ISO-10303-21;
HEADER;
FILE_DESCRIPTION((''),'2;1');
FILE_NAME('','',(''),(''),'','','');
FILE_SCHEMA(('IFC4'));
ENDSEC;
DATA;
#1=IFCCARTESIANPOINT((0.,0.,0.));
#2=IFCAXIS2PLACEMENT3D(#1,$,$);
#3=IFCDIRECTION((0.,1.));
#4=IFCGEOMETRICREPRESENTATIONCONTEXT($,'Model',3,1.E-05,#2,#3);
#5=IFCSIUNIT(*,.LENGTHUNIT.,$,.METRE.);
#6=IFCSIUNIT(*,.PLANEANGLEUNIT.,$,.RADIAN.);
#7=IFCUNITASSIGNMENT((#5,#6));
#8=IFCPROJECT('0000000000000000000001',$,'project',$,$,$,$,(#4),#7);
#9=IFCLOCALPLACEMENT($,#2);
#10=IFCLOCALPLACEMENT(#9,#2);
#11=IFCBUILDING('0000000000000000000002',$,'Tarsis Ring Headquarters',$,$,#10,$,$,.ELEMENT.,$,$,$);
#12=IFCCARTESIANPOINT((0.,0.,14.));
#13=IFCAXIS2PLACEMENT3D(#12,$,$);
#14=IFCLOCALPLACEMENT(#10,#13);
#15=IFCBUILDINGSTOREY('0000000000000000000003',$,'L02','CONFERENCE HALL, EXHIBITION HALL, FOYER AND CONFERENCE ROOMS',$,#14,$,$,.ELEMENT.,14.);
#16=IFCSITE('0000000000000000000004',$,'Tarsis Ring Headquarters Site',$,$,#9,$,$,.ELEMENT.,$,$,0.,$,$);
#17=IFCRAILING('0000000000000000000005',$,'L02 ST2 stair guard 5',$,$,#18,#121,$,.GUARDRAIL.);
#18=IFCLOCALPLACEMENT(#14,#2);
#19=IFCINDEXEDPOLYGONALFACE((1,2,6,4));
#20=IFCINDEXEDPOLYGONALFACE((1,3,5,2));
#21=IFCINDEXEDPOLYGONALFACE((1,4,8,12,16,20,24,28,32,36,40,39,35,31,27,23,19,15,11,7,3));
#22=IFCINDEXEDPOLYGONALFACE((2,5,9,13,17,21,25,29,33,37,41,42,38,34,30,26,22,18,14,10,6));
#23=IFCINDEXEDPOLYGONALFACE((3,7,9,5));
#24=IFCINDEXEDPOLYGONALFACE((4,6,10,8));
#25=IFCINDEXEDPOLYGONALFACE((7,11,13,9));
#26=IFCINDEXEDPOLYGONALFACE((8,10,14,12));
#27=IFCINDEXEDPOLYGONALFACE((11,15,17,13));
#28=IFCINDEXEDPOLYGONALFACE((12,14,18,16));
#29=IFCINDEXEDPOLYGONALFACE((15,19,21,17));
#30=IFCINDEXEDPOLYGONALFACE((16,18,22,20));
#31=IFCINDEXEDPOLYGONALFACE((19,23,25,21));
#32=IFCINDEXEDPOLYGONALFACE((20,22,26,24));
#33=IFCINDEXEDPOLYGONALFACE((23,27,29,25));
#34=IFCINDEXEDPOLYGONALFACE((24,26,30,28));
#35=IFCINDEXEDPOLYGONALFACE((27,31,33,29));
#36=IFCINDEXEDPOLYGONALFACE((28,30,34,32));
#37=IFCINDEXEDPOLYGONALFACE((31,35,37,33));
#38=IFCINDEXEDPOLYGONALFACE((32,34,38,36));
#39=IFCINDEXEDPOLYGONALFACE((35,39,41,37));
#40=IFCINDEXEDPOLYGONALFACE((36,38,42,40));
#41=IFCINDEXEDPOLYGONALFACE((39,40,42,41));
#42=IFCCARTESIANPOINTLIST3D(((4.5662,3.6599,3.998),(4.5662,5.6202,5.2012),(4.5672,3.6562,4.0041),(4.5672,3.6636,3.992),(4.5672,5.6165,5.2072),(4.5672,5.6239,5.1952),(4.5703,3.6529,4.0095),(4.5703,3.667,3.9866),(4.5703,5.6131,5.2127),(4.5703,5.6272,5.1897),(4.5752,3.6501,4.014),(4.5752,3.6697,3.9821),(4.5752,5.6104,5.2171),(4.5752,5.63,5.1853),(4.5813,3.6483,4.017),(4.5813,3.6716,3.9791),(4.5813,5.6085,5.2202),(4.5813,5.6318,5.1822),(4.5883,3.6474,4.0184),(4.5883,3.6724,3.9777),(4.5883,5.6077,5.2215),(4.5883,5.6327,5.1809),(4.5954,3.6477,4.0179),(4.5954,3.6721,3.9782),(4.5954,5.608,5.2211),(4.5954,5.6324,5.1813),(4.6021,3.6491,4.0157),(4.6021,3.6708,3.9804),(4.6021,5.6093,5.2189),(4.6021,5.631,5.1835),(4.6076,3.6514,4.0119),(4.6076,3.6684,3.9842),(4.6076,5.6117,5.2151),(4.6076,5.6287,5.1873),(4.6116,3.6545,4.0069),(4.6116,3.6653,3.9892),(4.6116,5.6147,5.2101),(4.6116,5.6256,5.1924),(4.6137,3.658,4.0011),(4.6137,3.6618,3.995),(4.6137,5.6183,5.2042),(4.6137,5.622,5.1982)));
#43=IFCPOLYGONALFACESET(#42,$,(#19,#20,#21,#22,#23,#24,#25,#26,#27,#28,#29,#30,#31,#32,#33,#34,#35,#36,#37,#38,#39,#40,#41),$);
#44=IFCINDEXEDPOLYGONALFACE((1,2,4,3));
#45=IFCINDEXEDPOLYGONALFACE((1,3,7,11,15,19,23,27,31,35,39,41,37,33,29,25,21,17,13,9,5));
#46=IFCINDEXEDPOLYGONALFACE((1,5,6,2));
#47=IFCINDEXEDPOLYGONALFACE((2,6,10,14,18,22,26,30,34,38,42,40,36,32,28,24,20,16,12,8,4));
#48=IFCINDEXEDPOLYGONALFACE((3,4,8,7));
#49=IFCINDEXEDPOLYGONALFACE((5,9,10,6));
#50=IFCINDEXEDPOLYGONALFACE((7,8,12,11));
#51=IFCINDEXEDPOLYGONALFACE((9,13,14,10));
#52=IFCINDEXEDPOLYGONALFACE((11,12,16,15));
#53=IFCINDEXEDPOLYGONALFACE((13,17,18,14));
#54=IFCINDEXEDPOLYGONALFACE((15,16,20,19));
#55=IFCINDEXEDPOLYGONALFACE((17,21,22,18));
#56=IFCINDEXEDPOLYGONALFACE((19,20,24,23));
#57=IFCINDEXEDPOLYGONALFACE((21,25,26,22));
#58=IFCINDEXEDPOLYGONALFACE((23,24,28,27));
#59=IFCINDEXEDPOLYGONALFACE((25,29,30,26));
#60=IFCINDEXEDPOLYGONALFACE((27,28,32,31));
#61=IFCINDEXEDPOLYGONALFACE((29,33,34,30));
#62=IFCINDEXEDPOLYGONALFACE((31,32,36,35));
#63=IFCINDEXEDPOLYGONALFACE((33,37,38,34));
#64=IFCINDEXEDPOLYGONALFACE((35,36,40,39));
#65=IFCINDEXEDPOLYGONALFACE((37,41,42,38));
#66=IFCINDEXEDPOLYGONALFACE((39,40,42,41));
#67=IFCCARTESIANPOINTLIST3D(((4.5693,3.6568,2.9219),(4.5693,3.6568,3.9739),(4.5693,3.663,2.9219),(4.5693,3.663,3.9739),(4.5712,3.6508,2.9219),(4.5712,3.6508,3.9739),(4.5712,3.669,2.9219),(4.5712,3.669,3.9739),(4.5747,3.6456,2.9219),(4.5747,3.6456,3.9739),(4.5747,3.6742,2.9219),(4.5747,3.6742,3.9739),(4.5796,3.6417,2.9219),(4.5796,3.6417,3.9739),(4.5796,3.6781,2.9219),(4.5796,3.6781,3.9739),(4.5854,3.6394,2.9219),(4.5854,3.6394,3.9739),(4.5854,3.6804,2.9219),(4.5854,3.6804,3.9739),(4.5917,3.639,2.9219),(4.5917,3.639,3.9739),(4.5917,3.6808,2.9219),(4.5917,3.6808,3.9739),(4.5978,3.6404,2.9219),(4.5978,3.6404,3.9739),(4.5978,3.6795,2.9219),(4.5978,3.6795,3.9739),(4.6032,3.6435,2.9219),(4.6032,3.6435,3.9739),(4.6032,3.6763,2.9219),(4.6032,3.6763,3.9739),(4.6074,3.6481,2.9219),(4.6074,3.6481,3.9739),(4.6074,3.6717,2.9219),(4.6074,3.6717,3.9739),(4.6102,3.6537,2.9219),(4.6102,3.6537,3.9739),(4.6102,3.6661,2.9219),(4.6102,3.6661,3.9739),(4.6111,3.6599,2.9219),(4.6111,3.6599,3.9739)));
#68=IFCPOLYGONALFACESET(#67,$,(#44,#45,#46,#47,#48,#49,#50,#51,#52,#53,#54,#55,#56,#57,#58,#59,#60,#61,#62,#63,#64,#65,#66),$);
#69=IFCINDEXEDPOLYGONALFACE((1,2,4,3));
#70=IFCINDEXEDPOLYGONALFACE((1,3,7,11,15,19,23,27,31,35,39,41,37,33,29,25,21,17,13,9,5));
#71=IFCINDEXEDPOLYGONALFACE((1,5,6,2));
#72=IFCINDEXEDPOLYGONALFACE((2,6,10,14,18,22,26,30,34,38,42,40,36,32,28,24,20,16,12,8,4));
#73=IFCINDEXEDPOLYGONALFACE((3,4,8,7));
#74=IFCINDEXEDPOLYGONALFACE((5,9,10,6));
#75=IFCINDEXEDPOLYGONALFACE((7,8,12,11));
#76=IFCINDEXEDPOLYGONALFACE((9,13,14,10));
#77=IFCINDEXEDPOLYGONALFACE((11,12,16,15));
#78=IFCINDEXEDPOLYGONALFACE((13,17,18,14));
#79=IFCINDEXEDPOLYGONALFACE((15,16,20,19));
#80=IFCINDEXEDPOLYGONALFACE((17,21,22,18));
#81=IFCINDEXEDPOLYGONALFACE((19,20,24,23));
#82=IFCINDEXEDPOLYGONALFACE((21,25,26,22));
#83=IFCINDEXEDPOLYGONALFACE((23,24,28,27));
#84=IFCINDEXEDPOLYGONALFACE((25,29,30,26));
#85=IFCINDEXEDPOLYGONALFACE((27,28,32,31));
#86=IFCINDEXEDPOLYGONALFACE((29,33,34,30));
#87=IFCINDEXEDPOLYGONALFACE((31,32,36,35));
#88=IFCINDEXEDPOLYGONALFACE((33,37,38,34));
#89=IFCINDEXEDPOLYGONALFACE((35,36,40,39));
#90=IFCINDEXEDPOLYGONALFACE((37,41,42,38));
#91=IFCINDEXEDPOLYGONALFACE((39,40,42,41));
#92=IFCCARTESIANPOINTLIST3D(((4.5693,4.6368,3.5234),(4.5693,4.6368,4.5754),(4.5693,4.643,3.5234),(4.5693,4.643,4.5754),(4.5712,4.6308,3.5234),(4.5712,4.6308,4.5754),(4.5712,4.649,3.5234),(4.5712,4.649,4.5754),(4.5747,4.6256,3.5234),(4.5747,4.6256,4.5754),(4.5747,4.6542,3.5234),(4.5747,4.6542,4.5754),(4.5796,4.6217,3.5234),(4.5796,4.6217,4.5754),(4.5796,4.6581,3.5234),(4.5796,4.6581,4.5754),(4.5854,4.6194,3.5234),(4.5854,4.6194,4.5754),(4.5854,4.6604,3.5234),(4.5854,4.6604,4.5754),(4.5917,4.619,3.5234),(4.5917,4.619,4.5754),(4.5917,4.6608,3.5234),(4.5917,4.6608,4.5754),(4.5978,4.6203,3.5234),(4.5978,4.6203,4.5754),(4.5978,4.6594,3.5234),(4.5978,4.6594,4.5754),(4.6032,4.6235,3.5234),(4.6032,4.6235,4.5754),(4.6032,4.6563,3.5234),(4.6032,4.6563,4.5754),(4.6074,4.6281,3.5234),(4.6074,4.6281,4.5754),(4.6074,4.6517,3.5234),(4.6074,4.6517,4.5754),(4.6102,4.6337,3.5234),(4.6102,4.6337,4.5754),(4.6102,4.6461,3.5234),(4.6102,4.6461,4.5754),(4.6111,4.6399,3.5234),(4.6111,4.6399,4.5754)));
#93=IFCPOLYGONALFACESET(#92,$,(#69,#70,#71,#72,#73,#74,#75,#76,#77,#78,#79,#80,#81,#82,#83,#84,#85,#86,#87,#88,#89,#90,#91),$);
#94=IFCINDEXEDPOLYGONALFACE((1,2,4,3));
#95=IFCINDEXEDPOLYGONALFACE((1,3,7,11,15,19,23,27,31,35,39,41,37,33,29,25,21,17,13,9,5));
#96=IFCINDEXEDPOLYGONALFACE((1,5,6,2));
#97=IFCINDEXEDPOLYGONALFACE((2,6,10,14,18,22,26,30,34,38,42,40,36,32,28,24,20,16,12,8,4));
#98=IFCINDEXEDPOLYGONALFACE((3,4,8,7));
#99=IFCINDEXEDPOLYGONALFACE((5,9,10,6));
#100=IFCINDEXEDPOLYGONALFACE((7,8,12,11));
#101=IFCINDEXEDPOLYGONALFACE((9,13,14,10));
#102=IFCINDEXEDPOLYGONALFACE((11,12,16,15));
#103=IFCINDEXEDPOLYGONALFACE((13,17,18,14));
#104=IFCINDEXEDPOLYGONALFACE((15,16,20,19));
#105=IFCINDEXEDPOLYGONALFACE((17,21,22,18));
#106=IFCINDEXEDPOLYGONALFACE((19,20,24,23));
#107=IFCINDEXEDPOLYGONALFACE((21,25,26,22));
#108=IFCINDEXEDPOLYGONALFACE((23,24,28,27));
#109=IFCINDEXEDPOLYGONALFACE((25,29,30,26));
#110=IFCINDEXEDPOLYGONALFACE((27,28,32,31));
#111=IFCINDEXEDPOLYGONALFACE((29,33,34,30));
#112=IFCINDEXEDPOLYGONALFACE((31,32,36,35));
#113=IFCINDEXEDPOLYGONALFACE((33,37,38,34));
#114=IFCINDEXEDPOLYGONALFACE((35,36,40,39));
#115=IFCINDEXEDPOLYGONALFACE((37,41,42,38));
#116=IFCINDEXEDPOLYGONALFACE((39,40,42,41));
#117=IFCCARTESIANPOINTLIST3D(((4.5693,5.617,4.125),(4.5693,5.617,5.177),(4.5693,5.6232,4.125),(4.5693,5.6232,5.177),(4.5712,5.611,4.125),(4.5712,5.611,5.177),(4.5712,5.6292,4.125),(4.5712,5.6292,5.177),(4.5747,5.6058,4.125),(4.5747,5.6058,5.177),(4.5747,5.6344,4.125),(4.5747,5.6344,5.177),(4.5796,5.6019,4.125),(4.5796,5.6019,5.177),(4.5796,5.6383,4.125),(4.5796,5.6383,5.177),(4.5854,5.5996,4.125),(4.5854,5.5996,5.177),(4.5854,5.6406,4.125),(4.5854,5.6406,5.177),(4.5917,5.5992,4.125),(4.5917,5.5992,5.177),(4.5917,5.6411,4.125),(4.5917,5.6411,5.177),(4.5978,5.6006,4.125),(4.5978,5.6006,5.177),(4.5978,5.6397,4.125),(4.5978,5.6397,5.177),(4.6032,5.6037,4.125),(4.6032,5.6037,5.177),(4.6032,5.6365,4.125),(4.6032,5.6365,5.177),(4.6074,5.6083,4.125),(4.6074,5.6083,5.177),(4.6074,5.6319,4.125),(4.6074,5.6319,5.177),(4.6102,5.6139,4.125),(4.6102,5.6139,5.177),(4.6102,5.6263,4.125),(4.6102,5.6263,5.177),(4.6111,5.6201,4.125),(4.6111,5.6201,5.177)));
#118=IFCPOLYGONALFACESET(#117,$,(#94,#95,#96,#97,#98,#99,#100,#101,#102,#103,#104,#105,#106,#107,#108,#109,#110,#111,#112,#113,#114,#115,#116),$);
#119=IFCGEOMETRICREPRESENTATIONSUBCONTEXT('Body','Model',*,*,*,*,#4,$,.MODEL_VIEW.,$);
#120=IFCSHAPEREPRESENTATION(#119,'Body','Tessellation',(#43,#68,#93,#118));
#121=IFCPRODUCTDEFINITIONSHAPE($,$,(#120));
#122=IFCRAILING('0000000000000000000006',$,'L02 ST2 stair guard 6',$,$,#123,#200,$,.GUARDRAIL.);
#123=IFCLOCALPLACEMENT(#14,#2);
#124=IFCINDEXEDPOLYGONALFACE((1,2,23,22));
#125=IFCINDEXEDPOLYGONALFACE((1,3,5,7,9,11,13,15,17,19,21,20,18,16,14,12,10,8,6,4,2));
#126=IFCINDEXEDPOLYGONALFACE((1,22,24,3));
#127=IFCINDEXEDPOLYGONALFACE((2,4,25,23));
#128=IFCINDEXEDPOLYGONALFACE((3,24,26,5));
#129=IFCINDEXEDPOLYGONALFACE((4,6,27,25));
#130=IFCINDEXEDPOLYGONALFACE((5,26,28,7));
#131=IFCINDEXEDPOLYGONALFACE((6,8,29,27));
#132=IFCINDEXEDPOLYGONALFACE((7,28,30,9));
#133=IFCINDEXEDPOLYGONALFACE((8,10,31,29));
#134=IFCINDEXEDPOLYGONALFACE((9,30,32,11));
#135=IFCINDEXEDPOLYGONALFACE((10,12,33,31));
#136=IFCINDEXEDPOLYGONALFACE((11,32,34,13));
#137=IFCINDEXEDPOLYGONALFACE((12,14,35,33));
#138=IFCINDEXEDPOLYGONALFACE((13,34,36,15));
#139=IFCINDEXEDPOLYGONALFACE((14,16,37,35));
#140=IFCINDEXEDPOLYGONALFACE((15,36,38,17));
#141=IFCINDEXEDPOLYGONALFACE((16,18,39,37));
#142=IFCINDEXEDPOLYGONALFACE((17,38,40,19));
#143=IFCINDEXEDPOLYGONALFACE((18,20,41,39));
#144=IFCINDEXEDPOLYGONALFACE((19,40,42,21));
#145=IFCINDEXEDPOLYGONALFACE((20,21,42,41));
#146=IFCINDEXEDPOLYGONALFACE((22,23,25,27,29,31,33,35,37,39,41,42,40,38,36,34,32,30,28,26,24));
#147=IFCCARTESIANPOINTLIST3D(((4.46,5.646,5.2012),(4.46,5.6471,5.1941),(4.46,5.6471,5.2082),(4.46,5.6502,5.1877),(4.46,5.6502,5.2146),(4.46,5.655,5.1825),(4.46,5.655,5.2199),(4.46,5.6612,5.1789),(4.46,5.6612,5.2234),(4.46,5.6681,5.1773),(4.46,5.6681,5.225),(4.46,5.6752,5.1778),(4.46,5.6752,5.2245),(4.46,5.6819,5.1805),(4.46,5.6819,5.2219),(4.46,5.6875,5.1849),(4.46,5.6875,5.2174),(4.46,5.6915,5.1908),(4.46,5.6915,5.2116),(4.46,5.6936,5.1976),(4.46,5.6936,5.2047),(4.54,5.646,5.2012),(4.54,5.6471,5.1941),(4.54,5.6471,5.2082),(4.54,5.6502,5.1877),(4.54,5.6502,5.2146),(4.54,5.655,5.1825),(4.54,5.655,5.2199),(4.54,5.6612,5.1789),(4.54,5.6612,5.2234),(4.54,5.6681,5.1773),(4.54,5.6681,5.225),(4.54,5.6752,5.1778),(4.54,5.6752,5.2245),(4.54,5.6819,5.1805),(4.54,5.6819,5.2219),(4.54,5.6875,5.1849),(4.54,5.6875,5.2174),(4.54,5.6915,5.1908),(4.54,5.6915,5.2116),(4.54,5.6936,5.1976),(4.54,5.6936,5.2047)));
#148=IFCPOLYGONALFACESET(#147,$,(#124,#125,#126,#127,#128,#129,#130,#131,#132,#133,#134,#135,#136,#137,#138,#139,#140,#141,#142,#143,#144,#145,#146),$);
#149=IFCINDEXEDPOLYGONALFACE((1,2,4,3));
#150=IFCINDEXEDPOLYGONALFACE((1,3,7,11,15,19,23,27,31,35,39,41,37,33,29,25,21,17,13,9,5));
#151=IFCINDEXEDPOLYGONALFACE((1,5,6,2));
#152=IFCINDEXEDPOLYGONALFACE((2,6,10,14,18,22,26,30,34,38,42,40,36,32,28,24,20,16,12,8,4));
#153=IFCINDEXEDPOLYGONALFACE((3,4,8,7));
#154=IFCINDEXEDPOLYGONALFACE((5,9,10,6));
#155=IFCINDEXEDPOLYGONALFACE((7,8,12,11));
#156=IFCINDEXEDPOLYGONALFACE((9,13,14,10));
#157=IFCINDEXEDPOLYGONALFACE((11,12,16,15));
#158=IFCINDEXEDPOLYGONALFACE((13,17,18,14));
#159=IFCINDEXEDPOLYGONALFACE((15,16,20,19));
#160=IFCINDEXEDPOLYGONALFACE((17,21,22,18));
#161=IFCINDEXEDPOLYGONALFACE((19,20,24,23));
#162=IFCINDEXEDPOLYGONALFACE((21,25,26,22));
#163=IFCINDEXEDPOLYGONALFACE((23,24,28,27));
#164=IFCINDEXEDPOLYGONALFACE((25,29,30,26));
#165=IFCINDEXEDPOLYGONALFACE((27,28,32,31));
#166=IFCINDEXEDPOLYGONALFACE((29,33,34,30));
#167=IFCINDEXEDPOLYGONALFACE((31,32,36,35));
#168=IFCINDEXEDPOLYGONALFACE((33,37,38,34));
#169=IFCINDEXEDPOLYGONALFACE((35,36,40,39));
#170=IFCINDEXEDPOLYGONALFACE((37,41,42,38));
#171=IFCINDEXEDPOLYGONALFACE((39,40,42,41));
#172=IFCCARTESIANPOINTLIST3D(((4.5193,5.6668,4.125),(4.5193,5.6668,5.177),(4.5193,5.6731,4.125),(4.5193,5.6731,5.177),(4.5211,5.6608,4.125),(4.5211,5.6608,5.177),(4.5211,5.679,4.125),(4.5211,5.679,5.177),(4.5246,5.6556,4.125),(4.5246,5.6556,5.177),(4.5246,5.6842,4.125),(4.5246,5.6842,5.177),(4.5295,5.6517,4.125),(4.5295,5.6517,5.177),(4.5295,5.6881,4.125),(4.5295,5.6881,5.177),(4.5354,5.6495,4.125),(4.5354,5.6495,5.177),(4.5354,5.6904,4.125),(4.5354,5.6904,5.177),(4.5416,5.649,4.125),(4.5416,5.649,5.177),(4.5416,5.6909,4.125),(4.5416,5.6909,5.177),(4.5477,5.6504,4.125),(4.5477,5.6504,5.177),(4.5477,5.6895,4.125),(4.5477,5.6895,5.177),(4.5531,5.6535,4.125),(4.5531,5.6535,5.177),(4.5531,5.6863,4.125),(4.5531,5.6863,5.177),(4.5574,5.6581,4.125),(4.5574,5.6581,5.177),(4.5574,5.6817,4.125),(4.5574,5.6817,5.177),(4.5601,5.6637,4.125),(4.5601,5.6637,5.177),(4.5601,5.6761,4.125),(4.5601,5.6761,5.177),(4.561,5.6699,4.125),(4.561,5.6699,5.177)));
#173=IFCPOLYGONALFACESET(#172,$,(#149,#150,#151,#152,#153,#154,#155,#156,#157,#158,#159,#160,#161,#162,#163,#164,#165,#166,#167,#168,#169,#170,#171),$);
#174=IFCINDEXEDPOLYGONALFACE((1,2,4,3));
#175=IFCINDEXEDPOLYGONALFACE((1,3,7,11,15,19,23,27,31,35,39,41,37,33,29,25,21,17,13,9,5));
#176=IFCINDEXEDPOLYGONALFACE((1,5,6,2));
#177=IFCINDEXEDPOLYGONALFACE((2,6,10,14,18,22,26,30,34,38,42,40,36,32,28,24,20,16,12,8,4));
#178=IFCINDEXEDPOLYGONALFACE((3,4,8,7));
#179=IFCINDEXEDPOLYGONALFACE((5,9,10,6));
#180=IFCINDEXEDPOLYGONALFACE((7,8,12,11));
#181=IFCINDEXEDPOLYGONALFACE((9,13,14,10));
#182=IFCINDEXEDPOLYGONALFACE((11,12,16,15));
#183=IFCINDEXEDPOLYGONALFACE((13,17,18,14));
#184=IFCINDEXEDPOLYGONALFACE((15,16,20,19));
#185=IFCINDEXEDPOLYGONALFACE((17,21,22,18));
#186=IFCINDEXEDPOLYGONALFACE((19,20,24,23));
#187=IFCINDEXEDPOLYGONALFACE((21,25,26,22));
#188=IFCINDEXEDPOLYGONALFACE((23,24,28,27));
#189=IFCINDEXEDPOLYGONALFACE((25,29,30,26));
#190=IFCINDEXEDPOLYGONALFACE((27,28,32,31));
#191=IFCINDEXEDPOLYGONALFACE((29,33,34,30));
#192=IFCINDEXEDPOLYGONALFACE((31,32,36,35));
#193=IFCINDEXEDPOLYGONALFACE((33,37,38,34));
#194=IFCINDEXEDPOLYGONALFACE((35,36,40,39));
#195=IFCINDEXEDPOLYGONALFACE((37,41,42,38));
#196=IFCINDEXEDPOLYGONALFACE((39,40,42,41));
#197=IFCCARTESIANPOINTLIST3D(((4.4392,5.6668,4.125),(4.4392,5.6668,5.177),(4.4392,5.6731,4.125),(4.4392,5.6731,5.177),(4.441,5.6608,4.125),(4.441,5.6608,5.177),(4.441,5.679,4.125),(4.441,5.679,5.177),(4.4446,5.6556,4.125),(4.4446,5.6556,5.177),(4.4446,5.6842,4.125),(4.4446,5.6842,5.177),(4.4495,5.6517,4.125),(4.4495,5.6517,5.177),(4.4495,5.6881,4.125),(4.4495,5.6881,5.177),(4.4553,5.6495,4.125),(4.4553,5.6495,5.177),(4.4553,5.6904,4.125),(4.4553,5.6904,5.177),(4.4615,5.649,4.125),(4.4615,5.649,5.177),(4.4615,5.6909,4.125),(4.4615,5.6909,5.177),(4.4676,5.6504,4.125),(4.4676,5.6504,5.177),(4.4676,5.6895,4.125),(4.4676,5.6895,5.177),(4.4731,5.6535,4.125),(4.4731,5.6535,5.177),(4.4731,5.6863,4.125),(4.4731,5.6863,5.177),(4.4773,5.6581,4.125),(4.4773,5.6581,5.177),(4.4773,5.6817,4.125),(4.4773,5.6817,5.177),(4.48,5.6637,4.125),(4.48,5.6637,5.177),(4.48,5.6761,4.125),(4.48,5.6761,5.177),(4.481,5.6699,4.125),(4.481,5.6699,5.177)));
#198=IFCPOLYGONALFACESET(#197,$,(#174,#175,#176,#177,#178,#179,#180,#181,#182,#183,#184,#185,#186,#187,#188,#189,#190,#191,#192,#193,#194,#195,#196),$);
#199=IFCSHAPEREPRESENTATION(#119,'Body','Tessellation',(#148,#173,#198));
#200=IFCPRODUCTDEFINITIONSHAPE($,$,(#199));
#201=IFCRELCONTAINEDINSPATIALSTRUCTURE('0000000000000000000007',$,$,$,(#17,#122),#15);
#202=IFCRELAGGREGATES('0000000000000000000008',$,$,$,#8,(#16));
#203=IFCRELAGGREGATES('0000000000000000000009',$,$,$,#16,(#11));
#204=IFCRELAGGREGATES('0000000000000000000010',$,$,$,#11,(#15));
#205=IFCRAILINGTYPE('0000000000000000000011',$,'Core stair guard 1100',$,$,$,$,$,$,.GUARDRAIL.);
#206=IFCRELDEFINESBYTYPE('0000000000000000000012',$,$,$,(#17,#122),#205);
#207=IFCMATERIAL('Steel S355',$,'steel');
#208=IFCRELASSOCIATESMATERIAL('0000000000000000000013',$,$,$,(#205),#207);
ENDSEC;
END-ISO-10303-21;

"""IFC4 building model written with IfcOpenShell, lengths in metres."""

from ifc_helpers import new_model, si_unit, direction, frame, origin, origin_2d, place, context, subcontext, project, spatial, circle, extrude, material, type_object, element, save


model = new_model("IFC4")

# Units and contexts
model_context = context("Model", 3, precision=1e-05, world=origin(), true_north=direction((0.0, 1.0)))
body_context = subcontext(model_context, "Body", "Model", "MODEL_VIEW")
ifc_project = project(units=[si_unit("LENGTHUNIT", "METRE"), si_unit("PLANEANGLEUNIT", "RADIAN")], contexts=[model_context])

# Site, building, storey
site_placement = place(None, origin())
site = spatial("IfcSite", under=ifc_project, at=site_placement, Name="Tarsis Ring Headquarters Site", CompositionType="ELEMENT", RefElevation=0.0)
building_placement = place(site_placement, origin())
building = spatial("IfcBuilding", under=site, at=building_placement, Name="Tarsis Ring Headquarters", CompositionType="ELEMENT")
storey_placement = place(building_placement, frame((0.0, 0.0, 14.0)))
storey = spatial("IfcBuildingStorey", under=building, at=storey_placement, Name="L02", Description="CONFERENCE HALL, EXHIBITION HALL, FOYER AND CONFERENCE ROOMS", CompositionType="ELEMENT", Elevation=14.0)

# Railings
ifc_material_1 = material(Name="Steel S355", Category="steel")
railing_type_1 = type_object("IfcRailingType", Name="Core stair guard 1100", PredefinedType="GUARDRAIL", material=ifc_material_1)
railing_1_placement = place(storey_placement, frame((4.5901, 3.6599, 2.9219)))
element("IfcRailing", 1, at=railing_1_placement, inside=storey, type_object=railing_type_1, Name="L02 ST2 stair guard 5", PredefinedType="GUARDRAIL", context=body_context, shape_type="SweptSolid", body=[
    extrude(circle(Radius=0.0239, at=origin_2d()), frame((0.0, 0.0, 1.0762), z_axis=(0.0, 0.85227, 0.523102), x_axis=(-1.0, 0.0, 0.0)), (0.0, 0.0, 1.0), 2.3),
    extrude(circle(Radius=0.021, at=origin_2d()), origin(), (0.0, 0.0, 1.0), 1.052),
    extrude(circle(Radius=0.021, at=origin_2d()), frame((0.0, 0.98, 0.6016)), (0.0, 0.0, 1.0), 1.052),
    extrude(circle(Radius=0.021, at=origin_2d()), frame((0.0, 1.9602, 1.2031)), (0.0, 0.0, 1.0), 1.052),
])
railing_2_placement = place(storey_placement, frame((4.54, 5.6699, 4.125)))
element("IfcRailing", 2, at=railing_2_placement, inside=storey, type_object=railing_type_1, Name="L02 ST2 stair guard 6", PredefinedType="GUARDRAIL", context=body_context, shape_type="SweptSolid", body=[
    extrude(circle(Radius=0.0239, at=origin_2d()), frame((0.0, 0.0, 1.0762), z_axis=(-1.0, 0.0, 0.0), x_axis=(0.0, -1.0, 0.0)), (0.0, 0.0, 1.0), 0.0801),
    extrude(circle(Radius=0.021, at=origin_2d()), origin(), (0.0, 0.0, 1.0), 1.052),
    extrude(circle(Radius=0.021, at=origin_2d()), frame((-0.0801, 0.0, 0.0)), (0.0, 0.0, 1.0), 1.052),
])

save(model, "model.ifc")
